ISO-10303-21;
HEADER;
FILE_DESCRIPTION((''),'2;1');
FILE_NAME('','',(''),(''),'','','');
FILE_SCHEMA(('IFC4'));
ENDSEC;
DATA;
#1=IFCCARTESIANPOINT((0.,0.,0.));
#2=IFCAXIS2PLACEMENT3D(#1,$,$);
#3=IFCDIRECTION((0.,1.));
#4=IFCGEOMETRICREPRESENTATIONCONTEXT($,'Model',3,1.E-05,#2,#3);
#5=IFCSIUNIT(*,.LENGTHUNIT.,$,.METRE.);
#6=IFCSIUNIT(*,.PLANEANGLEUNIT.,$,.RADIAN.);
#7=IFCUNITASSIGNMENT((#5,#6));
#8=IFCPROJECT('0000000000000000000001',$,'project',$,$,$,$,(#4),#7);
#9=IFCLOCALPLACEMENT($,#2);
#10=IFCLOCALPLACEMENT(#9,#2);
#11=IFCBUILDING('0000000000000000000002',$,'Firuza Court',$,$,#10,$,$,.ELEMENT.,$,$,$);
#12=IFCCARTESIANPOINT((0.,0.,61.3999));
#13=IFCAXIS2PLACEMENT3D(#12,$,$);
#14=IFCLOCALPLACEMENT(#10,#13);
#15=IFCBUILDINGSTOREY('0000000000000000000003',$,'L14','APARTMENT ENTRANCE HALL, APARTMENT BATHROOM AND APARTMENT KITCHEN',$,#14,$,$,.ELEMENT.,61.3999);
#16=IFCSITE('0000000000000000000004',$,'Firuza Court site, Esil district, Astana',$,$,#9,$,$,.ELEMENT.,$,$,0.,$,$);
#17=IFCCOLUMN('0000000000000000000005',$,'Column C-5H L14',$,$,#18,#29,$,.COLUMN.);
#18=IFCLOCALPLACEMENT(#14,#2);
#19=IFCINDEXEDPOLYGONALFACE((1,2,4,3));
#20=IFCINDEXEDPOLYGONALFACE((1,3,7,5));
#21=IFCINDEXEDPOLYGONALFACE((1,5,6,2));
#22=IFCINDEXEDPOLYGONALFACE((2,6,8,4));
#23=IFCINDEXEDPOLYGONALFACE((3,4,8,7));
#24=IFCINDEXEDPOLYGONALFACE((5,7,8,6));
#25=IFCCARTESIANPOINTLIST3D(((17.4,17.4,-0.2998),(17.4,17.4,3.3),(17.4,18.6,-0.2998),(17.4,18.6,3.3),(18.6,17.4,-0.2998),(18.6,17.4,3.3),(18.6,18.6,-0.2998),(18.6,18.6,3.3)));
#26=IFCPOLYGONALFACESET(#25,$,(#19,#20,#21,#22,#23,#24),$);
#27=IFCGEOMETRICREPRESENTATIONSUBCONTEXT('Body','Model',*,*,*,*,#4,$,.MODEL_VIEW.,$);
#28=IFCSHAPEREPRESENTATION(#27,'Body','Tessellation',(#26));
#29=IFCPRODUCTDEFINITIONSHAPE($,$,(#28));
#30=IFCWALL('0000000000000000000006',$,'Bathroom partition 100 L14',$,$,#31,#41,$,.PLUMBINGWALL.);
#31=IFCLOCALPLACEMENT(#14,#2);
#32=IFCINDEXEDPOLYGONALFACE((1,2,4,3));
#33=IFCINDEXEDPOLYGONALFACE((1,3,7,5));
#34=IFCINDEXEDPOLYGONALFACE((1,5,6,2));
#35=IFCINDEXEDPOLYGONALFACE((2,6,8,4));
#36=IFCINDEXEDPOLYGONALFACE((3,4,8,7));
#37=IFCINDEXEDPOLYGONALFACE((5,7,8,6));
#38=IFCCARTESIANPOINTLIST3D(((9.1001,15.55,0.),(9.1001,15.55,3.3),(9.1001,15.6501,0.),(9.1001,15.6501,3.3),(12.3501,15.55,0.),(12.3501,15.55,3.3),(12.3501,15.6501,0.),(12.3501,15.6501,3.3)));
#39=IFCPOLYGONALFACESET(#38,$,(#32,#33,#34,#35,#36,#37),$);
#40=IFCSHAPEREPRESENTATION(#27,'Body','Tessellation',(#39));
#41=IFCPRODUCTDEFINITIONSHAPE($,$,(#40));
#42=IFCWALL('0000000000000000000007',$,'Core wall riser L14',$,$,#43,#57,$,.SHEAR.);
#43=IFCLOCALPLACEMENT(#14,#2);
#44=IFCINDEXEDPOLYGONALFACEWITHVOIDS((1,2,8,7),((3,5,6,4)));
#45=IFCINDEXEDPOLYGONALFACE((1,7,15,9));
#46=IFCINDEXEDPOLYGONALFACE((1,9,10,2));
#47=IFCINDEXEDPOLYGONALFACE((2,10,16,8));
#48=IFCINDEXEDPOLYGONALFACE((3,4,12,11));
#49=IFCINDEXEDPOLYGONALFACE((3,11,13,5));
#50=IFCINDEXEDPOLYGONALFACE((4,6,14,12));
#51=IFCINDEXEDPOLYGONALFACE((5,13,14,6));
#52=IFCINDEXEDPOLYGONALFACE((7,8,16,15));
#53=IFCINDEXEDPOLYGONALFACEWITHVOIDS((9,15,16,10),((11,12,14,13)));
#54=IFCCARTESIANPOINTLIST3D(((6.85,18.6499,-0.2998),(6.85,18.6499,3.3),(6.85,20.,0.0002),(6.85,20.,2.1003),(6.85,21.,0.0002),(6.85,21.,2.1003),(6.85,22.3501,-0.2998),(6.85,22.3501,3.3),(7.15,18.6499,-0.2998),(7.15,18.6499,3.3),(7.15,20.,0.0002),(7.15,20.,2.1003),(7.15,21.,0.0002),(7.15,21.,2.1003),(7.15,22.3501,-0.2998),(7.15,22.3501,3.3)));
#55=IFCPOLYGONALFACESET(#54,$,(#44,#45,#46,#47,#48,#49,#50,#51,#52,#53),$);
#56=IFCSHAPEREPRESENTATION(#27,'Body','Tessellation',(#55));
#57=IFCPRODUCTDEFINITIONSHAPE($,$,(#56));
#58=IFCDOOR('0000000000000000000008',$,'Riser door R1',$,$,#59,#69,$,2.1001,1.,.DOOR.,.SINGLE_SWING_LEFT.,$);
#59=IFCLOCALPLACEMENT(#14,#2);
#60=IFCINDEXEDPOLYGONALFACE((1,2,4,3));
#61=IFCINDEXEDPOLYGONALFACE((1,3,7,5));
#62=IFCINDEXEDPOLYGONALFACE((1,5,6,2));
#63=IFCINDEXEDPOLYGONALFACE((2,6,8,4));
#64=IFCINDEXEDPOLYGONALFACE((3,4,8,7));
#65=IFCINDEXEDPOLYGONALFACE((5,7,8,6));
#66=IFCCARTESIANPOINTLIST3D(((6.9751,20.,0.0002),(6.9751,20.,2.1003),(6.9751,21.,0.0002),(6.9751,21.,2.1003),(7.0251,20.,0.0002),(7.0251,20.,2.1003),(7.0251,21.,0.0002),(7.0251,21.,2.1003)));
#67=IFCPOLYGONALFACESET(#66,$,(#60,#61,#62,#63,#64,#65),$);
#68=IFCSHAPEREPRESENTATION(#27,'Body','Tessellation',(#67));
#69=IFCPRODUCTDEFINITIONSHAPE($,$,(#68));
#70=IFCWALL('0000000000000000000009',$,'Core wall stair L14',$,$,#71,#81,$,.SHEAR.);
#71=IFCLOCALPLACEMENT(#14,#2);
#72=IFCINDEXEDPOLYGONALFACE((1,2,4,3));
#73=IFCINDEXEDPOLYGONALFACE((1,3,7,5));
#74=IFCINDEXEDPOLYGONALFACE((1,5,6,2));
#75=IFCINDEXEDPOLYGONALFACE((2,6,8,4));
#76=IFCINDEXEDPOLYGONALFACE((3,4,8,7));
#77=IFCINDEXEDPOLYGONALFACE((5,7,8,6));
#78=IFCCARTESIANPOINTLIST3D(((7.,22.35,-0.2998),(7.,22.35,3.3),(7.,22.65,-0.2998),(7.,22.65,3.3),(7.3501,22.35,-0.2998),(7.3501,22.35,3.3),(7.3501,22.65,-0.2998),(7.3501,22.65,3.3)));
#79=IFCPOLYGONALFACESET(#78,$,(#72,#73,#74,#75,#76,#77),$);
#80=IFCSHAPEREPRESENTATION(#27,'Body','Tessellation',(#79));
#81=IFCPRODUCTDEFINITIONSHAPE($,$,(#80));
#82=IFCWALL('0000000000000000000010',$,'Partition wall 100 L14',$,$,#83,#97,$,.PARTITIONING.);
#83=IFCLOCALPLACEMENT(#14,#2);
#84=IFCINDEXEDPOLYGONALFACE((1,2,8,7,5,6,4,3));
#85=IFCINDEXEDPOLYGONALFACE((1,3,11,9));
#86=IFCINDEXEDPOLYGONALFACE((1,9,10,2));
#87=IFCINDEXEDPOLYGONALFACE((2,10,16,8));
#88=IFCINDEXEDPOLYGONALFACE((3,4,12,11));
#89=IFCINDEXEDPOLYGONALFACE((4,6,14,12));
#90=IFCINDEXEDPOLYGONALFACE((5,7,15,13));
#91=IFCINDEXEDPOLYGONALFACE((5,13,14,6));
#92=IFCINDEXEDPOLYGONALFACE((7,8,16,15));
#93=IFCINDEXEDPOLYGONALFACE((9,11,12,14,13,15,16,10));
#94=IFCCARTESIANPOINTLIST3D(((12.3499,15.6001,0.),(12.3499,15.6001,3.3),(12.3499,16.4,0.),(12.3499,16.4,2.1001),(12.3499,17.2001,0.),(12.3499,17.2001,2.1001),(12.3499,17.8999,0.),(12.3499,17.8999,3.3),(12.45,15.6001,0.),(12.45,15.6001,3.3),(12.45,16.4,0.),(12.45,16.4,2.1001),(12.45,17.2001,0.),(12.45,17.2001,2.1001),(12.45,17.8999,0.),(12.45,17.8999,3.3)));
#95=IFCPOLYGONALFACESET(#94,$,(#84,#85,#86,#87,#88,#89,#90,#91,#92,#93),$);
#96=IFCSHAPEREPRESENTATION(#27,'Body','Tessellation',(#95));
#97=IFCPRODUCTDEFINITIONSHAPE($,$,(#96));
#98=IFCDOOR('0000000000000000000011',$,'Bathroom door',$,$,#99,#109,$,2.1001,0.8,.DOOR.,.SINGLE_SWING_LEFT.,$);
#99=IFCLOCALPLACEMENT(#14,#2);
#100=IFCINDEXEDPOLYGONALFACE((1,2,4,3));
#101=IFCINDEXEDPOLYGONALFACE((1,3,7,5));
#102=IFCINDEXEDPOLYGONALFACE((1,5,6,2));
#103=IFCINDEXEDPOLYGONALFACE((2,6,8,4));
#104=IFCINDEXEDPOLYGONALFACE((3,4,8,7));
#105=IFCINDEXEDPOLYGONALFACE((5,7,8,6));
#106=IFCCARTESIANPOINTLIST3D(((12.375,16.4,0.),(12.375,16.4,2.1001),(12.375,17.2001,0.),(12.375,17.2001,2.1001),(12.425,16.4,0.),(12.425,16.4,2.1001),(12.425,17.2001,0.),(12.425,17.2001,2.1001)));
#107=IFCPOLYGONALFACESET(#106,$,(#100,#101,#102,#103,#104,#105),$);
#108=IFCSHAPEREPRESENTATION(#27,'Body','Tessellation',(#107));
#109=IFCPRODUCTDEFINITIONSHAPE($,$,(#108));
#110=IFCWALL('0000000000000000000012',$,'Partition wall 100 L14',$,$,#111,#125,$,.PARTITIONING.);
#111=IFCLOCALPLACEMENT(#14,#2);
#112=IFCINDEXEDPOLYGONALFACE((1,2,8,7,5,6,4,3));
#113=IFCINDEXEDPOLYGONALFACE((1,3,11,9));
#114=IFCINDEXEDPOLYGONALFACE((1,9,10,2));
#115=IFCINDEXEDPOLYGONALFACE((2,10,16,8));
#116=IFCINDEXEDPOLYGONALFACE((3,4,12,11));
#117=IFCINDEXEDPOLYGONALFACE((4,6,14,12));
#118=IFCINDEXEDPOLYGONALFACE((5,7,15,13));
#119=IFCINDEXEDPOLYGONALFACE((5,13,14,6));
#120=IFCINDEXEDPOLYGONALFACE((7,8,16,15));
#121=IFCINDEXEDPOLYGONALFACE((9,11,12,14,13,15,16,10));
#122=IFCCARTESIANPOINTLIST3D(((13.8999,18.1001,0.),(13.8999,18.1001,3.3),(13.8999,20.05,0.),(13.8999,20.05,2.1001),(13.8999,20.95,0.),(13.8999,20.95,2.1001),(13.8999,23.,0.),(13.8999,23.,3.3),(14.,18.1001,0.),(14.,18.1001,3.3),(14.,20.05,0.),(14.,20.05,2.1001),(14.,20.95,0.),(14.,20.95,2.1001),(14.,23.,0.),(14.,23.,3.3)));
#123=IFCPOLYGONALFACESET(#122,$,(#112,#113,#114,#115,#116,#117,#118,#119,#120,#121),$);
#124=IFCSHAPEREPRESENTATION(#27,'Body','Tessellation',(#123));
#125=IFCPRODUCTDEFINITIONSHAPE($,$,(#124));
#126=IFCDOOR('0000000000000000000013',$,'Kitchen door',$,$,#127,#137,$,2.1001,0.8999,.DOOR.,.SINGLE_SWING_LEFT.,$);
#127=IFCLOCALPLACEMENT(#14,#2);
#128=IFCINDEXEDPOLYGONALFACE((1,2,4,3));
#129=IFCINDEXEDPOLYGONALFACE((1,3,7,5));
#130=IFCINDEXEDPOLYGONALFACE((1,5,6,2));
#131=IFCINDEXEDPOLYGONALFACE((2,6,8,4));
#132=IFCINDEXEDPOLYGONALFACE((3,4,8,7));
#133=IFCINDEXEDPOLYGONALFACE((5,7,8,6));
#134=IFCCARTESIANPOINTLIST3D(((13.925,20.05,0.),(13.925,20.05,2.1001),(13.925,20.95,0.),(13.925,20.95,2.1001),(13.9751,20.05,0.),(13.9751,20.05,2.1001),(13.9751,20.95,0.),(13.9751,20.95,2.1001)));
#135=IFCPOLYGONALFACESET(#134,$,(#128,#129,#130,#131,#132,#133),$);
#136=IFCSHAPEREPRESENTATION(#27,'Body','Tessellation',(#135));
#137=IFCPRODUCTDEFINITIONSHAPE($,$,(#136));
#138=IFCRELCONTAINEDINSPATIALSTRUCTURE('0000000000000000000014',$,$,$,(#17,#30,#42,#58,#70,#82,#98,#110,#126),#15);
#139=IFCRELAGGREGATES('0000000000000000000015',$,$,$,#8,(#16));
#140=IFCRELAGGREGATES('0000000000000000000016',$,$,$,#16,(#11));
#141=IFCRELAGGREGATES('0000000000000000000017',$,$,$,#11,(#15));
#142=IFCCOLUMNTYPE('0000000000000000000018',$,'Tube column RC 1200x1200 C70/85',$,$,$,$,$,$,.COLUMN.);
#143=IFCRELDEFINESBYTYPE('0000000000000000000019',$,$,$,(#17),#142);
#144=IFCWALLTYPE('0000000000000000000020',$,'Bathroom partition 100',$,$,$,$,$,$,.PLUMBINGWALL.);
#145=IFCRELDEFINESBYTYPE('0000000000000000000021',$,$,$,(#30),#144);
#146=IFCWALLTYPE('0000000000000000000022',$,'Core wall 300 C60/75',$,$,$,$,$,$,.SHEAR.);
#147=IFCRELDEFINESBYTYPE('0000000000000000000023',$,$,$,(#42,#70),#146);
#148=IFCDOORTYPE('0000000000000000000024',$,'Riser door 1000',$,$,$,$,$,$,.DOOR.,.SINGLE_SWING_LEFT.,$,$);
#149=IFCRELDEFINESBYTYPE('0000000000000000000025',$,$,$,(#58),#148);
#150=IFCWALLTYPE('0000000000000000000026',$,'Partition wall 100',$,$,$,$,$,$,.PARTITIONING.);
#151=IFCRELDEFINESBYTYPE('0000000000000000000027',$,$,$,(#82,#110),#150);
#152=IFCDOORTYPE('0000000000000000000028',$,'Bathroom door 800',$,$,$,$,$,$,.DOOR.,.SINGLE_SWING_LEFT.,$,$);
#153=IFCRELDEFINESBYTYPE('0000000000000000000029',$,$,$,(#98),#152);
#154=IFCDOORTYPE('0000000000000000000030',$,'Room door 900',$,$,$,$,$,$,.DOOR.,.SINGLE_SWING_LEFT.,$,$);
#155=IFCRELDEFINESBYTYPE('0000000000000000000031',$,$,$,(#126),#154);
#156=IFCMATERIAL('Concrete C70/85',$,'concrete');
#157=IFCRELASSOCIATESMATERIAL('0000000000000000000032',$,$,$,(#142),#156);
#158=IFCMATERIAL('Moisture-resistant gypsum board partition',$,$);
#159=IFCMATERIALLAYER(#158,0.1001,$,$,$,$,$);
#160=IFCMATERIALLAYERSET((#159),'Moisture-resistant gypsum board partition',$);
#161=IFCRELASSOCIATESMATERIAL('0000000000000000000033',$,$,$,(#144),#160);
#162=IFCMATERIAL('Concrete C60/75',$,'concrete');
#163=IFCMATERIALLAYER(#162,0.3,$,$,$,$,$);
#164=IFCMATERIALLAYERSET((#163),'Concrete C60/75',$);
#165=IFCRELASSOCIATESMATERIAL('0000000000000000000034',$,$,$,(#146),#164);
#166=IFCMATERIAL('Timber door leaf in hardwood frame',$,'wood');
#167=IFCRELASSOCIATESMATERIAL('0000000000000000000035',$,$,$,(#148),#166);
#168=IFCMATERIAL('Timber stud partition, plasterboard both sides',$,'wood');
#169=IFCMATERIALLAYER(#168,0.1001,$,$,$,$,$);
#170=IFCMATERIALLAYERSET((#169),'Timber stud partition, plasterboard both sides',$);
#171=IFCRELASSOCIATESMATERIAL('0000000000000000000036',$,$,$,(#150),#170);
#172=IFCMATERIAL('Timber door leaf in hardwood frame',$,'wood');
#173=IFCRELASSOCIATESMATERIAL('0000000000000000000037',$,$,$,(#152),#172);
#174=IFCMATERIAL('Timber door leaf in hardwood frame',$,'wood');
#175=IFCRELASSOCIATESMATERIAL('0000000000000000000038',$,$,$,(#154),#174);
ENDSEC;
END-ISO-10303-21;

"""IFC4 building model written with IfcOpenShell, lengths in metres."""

from ifc_helpers import new_model, si_unit, direction, frame, frame_2d, origin, origin_2d, place, context, subcontext, project, spatial, rectangle, extrude, material, layer, layer_set, material_profile, profile_set, type_object, element, fill, save


model = new_model("IFC4")

# Units and contexts
model_context = context("Model", 3, precision=1e-05, world=origin(), true_north=direction((0.0, 1.0)))
body_context = subcontext(model_context, "Body", "Model", "MODEL_VIEW")
ifc_project = project(units=[si_unit("LENGTHUNIT", "METRE"), si_unit("PLANEANGLEUNIT", "RADIAN")], contexts=[model_context])

# Site, building, storey
site_placement = place(None, origin())
site = spatial("IfcSite", under=ifc_project, at=site_placement, Name="Firuza Court site, Esil district, Astana", CompositionType="ELEMENT", RefElevation=0.0)
building_placement = place(site_placement, origin())
building = spatial("IfcBuilding", under=site, at=building_placement, Name="Firuza Court", CompositionType="ELEMENT")
storey_placement = place(building_placement, frame((0.0, 0.0, 61.3999)))
storey = spatial("IfcBuildingStorey", under=building, at=storey_placement, Name="L14", Description="APARTMENT ENTRANCE HALL, APARTMENT BATHROOM AND APARTMENT KITCHEN", CompositionType="ELEMENT", Elevation=61.3999)

# Column
ifc_material_1 = material(Name="Concrete C70/85", Category="concrete")
ifc_material_profile = material_profile(ifc_material_1, rectangle(XDim=1.2, YDim=1.2, at=origin_2d()), Name="RC 1200x1200")
ifc_profile_set = profile_set([ifc_material_profile], Name="Concrete C70/85")
column_type = type_object("IfcColumnType", Name="Tube column RC 1200x1200 C70/85", PredefinedType="COLUMN", material=ifc_profile_set)
column_placement = place(storey_placement, frame((18.0, 18.0, -0.2998), z_axis=(0.0, 0.0, 1.0), x_axis=(1.0, 0.0, 0.0)))
element("IfcColumn", 1, at=column_placement, inside=storey, type_object=column_type, Name="Column C-5H L14", PredefinedType="COLUMN", context=body_context, shape_type="SweptSolid", body=[
    extrude(rectangle(XDim=1.2, YDim=1.2, at=origin_2d()), origin(), (0.0, 0.0, 1.0), 3.5999),
])

# Wall
ifc_material_2 = material(Name="Moisture-resistant gypsum board partition")
ifc_layer_1 = layer(ifc_material_2, 0.1001)
ifc_layer_set_1 = layer_set([ifc_layer_1], Name="Moisture-resistant gypsum board partition")
wall_type_1 = type_object("IfcWallType", Name="Bathroom partition 100", PredefinedType="PLUMBINGWALL", material=ifc_layer_set_1)
wall_1_placement = place(storey_placement, frame((9.1001, 15.6001, 0.0), z_axis=(0.0, 0.0, 1.0), x_axis=(1.0, 0.0, 0.0)))
element("IfcWall", 2, at=wall_1_placement, inside=storey, type_object=wall_type_1, Name="Bathroom partition 100 L14", PredefinedType="PLUMBINGWALL", context=body_context, shape_type="SweptSolid", body=[
    extrude(rectangle(XDim=3.25, YDim=0.1001, at=frame_2d((1.625, 0.0))), origin(), (0.0, 0.0, 1.0), 3.3),
])

# Wall, opening, door
ifc_material_3 = material(Name="Concrete C60/75", Category="concrete")
ifc_layer_2 = layer(ifc_material_3, 0.3)
ifc_layer_set_2 = layer_set([ifc_layer_2], Name="Concrete C60/75")
wall_type_2 = type_object("IfcWallType", Name="Core wall 300 C60/75", PredefinedType="SHEAR", material=ifc_layer_set_2)
wall_2_placement = place(storey_placement, frame((7.0, 18.6499, -0.2998), z_axis=(0.0, 0.0, 1.0), x_axis=(0.0, 1.0, 0.0)))
wall_2 = element("IfcWall", 3, at=wall_2_placement, inside=storey, type_object=wall_type_2, Name="Core wall riser L14", PredefinedType="SHEAR", context=body_context, shape_type="SweptSolid", body=[
    extrude(rectangle(XDim=3.7002, YDim=0.3, at=frame_2d((1.8501, 0.0))), origin(), (0.0, 0.0, 1.0), 3.5999),
])
opening_1_placement = place(wall_2_placement, frame((1.3501, 0.0, 0.3)))
opening_1 = element("IfcOpeningElement", 4, at=opening_1_placement, cuts=wall_2, PredefinedType="OPENING", context=body_context, shape_type="SweptSolid", body=[
    extrude(rectangle(XDim=1.0, YDim=2.1001, at=frame_2d((0.5, 1.05))), frame((0.0, 0.1621, 0.0), z_axis=(0.0, -1.0, 0.0), x_axis=(1.0, 0.0, 0.0)), (0.0, 0.0, 1.0), 0.324),
])
ifc_material_4 = material(Name="Timber door leaf in hardwood frame", Category="wood")
door_type_1 = type_object("IfcDoorType", Name="Riser door 1000", OperationType="SINGLE_SWING_LEFT", PredefinedType="DOOR", material=ifc_material_4)
door_1_placement = place(opening_1_placement, origin())
door_1 = element("IfcDoor", 5, at=door_1_placement, inside=storey, type_object=door_type_1, Name="Riser door R1", OperationType="SINGLE_SWING_LEFT", OverallHeight=2.1001, OverallWidth=1.0, PredefinedType="DOOR", context=body_context, shape_type="SweptSolid", body=[
    extrude(rectangle(XDim=1.0, YDim=2.1001, at=frame_2d((0.5, 1.05))), frame((0.0, 0.0249, 0.0), z_axis=(0.0, -1.0, 0.0), x_axis=(1.0, 0.0, 0.0)), (0.0, 0.0, 1.0), 0.05),
])
fill(opening_1, door_1)

# Wall
wall_3_placement = place(storey_placement, frame((7.0, 22.5, -0.2998), z_axis=(0.0, 0.0, 1.0), x_axis=(1.0, 0.0, 0.0)))
element("IfcWall", 6, at=wall_3_placement, inside=storey, type_object=wall_type_2, Name="Core wall stair L14", PredefinedType="SHEAR", context=body_context, shape_type="SweptSolid", body=[
    extrude(rectangle(XDim=0.3501, YDim=0.3, at=frame_2d((0.175, 0.0))), origin(), (0.0, 0.0, 1.0), 3.5999),
])

# Walls, openings, doors
ifc_material_5 = material(Name="Timber stud partition, plasterboard both sides", Category="wood")
ifc_layer_3 = layer(ifc_material_5, 0.1001)
ifc_layer_set_3 = layer_set([ifc_layer_3], Name="Timber stud partition, plasterboard both sides")
wall_type_3 = type_object("IfcWallType", Name="Partition wall 100", PredefinedType="PARTITIONING", material=ifc_layer_set_3)
wall_4_placement = place(storey_placement, frame((12.3999, 15.6001, 0.0), z_axis=(0.0, 0.0, 1.0), x_axis=(0.0, 1.0, 0.0)))
wall_4 = element("IfcWall", 7, at=wall_4_placement, inside=storey, type_object=wall_type_3, Name="Partition wall 100 L14", PredefinedType="PARTITIONING", context=body_context, shape_type="SweptSolid", body=[
    extrude(rectangle(XDim=2.2998, YDim=0.1001, at=frame_2d((1.1499, 0.0))), origin(), (0.0, 0.0, 1.0), 3.3),
])
opening_2_placement = place(wall_4_placement, frame((0.8, 0.0, 0.0)))
opening_2 = element("IfcOpeningElement", 8, at=opening_2_placement, cuts=wall_4, PredefinedType="OPENING", context=body_context, shape_type="SweptSolid", body=[
    extrude(rectangle(XDim=0.8, YDim=2.1001, at=frame_2d((0.3999, 1.05))), frame((0.0, 0.062, 0.0), z_axis=(0.0, -1.0, 0.0), x_axis=(1.0, 0.0, 0.0)), (0.0, 0.0, 1.0), 0.124),
])
ifc_material_6 = material(Name="Timber door leaf in hardwood frame", Category="wood")
door_type_2 = type_object("IfcDoorType", Name="Bathroom door 800", OperationType="SINGLE_SWING_LEFT", PredefinedType="DOOR", material=ifc_material_6)
door_2_placement = place(opening_2_placement, origin())
door_2 = element("IfcDoor", 9, at=door_2_placement, inside=storey, type_object=door_type_2, Name="Bathroom door", OperationType="SINGLE_SWING_LEFT", OverallHeight=2.1001, OverallWidth=0.8, PredefinedType="DOOR", context=body_context, shape_type="SweptSolid", body=[
    extrude(rectangle(XDim=0.8, YDim=2.1001, at=frame_2d((0.3999, 1.05))), frame((0.0, 0.0249, 0.0), z_axis=(0.0, -1.0, 0.0), x_axis=(1.0, 0.0, 0.0)), (0.0, 0.0, 1.0), 0.05),
])
fill(opening_2, door_2)
wall_5_placement = place(storey_placement, frame((13.95, 18.1001, 0.0), z_axis=(0.0, 0.0, 1.0), x_axis=(0.0, 1.0, 0.0)))
wall_5 = element("IfcWall", 10, at=wall_5_placement, inside=storey, type_object=wall_type_3, Name="Partition wall 100 L14", PredefinedType="PARTITIONING", context=body_context, shape_type="SweptSolid", body=[
    extrude(rectangle(XDim=4.8999, YDim=0.1001, at=frame_2d((2.45, 0.0))), origin(), (0.0, 0.0, 1.0), 3.3),
])
opening_3_placement = place(wall_5_placement, frame((1.95, 0.0, 0.0)))
opening_3 = element("IfcOpeningElement", 11, at=opening_3_placement, cuts=wall_5, PredefinedType="OPENING", context=body_context, shape_type="SweptSolid", body=[
    extrude(rectangle(XDim=0.8999, YDim=2.1001, at=frame_2d((0.45, 1.05))), frame((0.0, 0.062, 0.0), z_axis=(0.0, -1.0, 0.0), x_axis=(1.0, 0.0, 0.0)), (0.0, 0.0, 1.0), 0.124),
])
ifc_material_7 = material(Name="Timber door leaf in hardwood frame", Category="wood")
door_type_3 = type_object("IfcDoorType", Name="Room door 900", OperationType="SINGLE_SWING_LEFT", PredefinedType="DOOR", material=ifc_material_7)
door_3_placement = place(opening_3_placement, origin())
door_3 = element("IfcDoor", 12, at=door_3_placement, inside=storey, type_object=door_type_3, Name="Kitchen door", OperationType="SINGLE_SWING_LEFT", OverallHeight=2.1001, OverallWidth=0.8999, PredefinedType="DOOR", context=body_context, shape_type="SweptSolid", body=[
    extrude(rectangle(XDim=0.8999, YDim=2.1001, at=frame_2d((0.45, 1.05))), frame((0.0, 0.0249, 0.0), z_axis=(0.0, -1.0, 0.0), x_axis=(1.0, 0.0, 0.0)), (0.0, 0.0, 1.0), 0.05),
])
fill(opening_3, door_3)

save(model, "model.ifc")
